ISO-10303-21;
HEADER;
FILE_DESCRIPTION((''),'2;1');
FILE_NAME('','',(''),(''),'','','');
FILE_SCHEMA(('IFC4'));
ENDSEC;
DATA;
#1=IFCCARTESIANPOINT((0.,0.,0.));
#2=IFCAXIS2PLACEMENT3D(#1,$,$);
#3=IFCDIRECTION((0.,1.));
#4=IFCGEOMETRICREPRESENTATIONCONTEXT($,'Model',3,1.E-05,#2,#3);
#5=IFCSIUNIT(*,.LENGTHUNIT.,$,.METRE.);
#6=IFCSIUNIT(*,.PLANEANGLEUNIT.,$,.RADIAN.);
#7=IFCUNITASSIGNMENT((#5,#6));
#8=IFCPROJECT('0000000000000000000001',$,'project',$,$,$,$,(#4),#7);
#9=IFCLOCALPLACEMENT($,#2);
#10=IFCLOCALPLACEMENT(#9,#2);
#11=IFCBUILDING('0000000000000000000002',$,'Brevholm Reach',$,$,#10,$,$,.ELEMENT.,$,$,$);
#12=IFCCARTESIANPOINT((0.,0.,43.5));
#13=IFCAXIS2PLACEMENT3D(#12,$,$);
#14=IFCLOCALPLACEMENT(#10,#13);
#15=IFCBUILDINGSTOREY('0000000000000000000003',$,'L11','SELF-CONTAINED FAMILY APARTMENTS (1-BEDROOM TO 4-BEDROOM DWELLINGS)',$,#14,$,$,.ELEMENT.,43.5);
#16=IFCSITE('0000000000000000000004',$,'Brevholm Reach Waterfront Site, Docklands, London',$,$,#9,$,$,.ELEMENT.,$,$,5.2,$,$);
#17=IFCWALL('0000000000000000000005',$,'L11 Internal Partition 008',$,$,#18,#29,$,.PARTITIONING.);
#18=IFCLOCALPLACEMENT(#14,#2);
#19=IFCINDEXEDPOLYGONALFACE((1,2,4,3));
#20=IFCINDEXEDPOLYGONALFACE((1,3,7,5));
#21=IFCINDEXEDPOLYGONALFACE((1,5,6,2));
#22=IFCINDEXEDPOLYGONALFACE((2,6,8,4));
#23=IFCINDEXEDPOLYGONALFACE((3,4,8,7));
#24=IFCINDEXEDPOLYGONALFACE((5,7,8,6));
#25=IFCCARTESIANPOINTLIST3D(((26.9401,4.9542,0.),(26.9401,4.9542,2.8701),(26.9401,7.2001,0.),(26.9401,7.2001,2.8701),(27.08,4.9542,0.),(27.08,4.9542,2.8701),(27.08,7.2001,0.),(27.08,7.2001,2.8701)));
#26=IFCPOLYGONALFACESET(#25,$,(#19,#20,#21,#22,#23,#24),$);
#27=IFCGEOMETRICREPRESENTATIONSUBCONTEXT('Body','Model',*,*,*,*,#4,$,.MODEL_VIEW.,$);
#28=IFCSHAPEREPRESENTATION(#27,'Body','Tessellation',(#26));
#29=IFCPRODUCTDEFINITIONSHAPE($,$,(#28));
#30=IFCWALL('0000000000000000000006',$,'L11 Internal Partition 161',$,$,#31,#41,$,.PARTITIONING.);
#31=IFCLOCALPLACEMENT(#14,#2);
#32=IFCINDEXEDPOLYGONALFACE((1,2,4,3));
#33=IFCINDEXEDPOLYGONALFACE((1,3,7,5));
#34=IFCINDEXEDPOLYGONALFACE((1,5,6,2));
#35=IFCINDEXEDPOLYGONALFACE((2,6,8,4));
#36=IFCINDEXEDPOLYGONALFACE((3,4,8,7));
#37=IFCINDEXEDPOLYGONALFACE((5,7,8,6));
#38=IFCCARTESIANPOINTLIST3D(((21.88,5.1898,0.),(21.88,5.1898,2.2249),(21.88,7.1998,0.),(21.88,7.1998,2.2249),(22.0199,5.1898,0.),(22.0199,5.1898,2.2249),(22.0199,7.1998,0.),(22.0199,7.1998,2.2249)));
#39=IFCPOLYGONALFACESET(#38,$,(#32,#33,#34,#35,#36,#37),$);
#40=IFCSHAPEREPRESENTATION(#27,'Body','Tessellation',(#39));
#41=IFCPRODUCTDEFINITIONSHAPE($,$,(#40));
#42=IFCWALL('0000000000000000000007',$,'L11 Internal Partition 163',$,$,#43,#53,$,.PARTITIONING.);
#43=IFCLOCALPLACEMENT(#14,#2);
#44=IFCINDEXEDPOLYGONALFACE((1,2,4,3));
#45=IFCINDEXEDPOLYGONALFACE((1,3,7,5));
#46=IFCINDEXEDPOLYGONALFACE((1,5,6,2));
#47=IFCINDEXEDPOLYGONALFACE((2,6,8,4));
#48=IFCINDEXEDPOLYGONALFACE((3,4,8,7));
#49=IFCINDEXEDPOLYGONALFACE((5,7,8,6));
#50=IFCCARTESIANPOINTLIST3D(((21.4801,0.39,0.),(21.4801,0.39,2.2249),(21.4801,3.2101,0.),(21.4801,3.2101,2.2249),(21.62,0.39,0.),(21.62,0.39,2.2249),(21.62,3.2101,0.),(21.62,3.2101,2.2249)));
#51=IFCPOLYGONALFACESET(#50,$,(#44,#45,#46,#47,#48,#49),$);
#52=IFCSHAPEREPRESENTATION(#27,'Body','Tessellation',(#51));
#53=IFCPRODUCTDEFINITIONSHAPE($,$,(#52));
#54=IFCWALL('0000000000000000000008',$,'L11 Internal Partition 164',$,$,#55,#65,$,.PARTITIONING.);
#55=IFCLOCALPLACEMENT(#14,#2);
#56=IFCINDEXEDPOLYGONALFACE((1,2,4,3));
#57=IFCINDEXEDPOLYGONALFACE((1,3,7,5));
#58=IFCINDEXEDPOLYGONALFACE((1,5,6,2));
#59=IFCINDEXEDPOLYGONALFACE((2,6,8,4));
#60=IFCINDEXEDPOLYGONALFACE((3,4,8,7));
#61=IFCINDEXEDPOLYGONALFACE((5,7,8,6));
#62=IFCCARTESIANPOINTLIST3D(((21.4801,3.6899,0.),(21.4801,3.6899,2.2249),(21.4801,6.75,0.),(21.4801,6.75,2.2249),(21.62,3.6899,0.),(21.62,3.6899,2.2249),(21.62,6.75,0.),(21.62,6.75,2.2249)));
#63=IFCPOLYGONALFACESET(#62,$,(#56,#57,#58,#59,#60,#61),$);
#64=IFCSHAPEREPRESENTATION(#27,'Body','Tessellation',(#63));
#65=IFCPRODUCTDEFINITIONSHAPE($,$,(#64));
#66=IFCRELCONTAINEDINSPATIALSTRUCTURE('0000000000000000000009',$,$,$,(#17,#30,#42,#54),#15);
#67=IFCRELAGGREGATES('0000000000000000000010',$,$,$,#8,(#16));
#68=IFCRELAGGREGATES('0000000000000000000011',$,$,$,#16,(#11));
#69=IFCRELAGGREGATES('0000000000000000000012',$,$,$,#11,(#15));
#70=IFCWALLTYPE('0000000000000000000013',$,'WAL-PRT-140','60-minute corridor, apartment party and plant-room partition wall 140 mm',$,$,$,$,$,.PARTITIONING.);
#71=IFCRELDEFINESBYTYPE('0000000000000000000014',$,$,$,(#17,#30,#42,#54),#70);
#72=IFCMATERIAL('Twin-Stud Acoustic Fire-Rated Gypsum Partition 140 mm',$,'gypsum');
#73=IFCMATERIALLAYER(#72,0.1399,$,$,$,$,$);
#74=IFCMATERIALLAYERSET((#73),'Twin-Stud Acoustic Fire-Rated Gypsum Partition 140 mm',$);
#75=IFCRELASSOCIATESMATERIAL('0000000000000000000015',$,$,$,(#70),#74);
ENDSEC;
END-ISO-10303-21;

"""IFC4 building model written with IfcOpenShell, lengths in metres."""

from ifc_helpers import new_model, si_unit, direction, frame, frame_2d, origin, place, context, subcontext, project, spatial, rectangle, extrude, material, layer, layer_set, type_object, element, save


model = new_model("IFC4")

# Units and contexts
model_context = context("Model", 3, precision=1e-05, world=origin(), true_north=direction((0.0, 1.0)))
body_context = subcontext(model_context, "Body", "Model", "MODEL_VIEW")
ifc_project = project(units=[si_unit("LENGTHUNIT", "METRE"), si_unit("PLANEANGLEUNIT", "RADIAN")], contexts=[model_context])

# Site, building, storey
site_placement = place(None, origin())
site = spatial("IfcSite", under=ifc_project, at=site_placement, Name="Brevholm Reach Waterfront Site, Docklands, London", CompositionType="ELEMENT", RefElevation=5.2)
building_placement = place(site_placement, origin())
building = spatial("IfcBuilding", under=site, at=building_placement, Name="Brevholm Reach", CompositionType="ELEMENT")
storey_placement = place(building_placement, frame((0.0, 0.0, 43.5)))
storey = spatial("IfcBuildingStorey", under=building, at=storey_placement, Name="L11", Description="SELF-CONTAINED FAMILY APARTMENTS (1-BEDROOM TO 4-BEDROOM DWELLINGS)", CompositionType="ELEMENT", Elevation=43.5)

# Shared definitions
ifc_material_1 = material(Name="Twin-Stud Acoustic Fire-Rated Gypsum Partition 140 mm", Category="gypsum")
ifc_layer_1 = layer(ifc_material_1, 0.1399)
ifc_layer_set_1 = layer_set([ifc_layer_1], Name="Twin-Stud Acoustic Fire-Rated Gypsum Partition 140 mm")
wall_type_1 = type_object("IfcWallType", Name="WAL-PRT-140", Description="60-minute corridor, apartment party and plant-room partition wall 140 mm", PredefinedType="PARTITIONING", material=ifc_layer_set_1)

# Walls
wall_1_placement = place(storey_placement, frame((27.01, 4.9541, 0.0), z_axis=(0.0, 0.0, 1.0), x_axis=(0.0, 1.0, 0.0)))
element("IfcWall", 1, at=wall_1_placement, inside=storey, type_object=wall_type_1, Name="L11 Internal Partition 008", PredefinedType="PARTITIONING", context=body_context, shape_type="SweptSolid", body=[
    extrude(rectangle(XDim=2.2458, YDim=0.1399, at=frame_2d((1.123, 0.0))), origin(), (0.0, 0.0, 1.0), 2.8701),
])
wall_2_placement = place(storey_placement, frame((21.95, 5.1899, 0.0), z_axis=(0.0, 0.0, 1.0), x_axis=(0.0, 1.0, 0.0)))
element("IfcWall", 2, at=wall_2_placement, inside=storey, type_object=wall_type_1, Name="L11 Internal Partition 161", PredefinedType="PARTITIONING", context=body_context, shape_type="SweptSolid", body=[
    extrude(rectangle(XDim=2.01, YDim=0.1399, at=frame_2d((1.0049, 0.0))), origin(), (0.0, 0.0, 1.0), 2.2249),
])
wall_3_placement = place(storey_placement, frame((21.55, 0.3899, 0.0), z_axis=(0.0, 0.0, 1.0), x_axis=(0.0, 1.0, 0.0)))
element("IfcWall", 3, at=wall_3_placement, inside=storey, type_object=wall_type_1, Name="L11 Internal Partition 163", PredefinedType="PARTITIONING", context=body_context, shape_type="SweptSolid", body=[
    extrude(rectangle(XDim=2.8201, YDim=0.1399, at=frame_2d((1.4102, 0.0))), origin(), (0.0, 0.0, 1.0), 2.2249),
])
wall_4_placement = place(storey_placement, frame((21.55, 3.6899, 0.0), z_axis=(0.0, 0.0, 1.0), x_axis=(0.0, 1.0, 0.0)))
element("IfcWall", 4, at=wall_4_placement, inside=storey, type_object=wall_type_1, Name="L11 Internal Partition 164", PredefinedType="PARTITIONING", context=body_context, shape_type="SweptSolid", body=[
    extrude(rectangle(XDim=3.0601, YDim=0.1399, at=frame_2d((1.53, 0.0))), origin(), (0.0, 0.0, 1.0), 2.2249),
])

save(model, "model.ifc")
